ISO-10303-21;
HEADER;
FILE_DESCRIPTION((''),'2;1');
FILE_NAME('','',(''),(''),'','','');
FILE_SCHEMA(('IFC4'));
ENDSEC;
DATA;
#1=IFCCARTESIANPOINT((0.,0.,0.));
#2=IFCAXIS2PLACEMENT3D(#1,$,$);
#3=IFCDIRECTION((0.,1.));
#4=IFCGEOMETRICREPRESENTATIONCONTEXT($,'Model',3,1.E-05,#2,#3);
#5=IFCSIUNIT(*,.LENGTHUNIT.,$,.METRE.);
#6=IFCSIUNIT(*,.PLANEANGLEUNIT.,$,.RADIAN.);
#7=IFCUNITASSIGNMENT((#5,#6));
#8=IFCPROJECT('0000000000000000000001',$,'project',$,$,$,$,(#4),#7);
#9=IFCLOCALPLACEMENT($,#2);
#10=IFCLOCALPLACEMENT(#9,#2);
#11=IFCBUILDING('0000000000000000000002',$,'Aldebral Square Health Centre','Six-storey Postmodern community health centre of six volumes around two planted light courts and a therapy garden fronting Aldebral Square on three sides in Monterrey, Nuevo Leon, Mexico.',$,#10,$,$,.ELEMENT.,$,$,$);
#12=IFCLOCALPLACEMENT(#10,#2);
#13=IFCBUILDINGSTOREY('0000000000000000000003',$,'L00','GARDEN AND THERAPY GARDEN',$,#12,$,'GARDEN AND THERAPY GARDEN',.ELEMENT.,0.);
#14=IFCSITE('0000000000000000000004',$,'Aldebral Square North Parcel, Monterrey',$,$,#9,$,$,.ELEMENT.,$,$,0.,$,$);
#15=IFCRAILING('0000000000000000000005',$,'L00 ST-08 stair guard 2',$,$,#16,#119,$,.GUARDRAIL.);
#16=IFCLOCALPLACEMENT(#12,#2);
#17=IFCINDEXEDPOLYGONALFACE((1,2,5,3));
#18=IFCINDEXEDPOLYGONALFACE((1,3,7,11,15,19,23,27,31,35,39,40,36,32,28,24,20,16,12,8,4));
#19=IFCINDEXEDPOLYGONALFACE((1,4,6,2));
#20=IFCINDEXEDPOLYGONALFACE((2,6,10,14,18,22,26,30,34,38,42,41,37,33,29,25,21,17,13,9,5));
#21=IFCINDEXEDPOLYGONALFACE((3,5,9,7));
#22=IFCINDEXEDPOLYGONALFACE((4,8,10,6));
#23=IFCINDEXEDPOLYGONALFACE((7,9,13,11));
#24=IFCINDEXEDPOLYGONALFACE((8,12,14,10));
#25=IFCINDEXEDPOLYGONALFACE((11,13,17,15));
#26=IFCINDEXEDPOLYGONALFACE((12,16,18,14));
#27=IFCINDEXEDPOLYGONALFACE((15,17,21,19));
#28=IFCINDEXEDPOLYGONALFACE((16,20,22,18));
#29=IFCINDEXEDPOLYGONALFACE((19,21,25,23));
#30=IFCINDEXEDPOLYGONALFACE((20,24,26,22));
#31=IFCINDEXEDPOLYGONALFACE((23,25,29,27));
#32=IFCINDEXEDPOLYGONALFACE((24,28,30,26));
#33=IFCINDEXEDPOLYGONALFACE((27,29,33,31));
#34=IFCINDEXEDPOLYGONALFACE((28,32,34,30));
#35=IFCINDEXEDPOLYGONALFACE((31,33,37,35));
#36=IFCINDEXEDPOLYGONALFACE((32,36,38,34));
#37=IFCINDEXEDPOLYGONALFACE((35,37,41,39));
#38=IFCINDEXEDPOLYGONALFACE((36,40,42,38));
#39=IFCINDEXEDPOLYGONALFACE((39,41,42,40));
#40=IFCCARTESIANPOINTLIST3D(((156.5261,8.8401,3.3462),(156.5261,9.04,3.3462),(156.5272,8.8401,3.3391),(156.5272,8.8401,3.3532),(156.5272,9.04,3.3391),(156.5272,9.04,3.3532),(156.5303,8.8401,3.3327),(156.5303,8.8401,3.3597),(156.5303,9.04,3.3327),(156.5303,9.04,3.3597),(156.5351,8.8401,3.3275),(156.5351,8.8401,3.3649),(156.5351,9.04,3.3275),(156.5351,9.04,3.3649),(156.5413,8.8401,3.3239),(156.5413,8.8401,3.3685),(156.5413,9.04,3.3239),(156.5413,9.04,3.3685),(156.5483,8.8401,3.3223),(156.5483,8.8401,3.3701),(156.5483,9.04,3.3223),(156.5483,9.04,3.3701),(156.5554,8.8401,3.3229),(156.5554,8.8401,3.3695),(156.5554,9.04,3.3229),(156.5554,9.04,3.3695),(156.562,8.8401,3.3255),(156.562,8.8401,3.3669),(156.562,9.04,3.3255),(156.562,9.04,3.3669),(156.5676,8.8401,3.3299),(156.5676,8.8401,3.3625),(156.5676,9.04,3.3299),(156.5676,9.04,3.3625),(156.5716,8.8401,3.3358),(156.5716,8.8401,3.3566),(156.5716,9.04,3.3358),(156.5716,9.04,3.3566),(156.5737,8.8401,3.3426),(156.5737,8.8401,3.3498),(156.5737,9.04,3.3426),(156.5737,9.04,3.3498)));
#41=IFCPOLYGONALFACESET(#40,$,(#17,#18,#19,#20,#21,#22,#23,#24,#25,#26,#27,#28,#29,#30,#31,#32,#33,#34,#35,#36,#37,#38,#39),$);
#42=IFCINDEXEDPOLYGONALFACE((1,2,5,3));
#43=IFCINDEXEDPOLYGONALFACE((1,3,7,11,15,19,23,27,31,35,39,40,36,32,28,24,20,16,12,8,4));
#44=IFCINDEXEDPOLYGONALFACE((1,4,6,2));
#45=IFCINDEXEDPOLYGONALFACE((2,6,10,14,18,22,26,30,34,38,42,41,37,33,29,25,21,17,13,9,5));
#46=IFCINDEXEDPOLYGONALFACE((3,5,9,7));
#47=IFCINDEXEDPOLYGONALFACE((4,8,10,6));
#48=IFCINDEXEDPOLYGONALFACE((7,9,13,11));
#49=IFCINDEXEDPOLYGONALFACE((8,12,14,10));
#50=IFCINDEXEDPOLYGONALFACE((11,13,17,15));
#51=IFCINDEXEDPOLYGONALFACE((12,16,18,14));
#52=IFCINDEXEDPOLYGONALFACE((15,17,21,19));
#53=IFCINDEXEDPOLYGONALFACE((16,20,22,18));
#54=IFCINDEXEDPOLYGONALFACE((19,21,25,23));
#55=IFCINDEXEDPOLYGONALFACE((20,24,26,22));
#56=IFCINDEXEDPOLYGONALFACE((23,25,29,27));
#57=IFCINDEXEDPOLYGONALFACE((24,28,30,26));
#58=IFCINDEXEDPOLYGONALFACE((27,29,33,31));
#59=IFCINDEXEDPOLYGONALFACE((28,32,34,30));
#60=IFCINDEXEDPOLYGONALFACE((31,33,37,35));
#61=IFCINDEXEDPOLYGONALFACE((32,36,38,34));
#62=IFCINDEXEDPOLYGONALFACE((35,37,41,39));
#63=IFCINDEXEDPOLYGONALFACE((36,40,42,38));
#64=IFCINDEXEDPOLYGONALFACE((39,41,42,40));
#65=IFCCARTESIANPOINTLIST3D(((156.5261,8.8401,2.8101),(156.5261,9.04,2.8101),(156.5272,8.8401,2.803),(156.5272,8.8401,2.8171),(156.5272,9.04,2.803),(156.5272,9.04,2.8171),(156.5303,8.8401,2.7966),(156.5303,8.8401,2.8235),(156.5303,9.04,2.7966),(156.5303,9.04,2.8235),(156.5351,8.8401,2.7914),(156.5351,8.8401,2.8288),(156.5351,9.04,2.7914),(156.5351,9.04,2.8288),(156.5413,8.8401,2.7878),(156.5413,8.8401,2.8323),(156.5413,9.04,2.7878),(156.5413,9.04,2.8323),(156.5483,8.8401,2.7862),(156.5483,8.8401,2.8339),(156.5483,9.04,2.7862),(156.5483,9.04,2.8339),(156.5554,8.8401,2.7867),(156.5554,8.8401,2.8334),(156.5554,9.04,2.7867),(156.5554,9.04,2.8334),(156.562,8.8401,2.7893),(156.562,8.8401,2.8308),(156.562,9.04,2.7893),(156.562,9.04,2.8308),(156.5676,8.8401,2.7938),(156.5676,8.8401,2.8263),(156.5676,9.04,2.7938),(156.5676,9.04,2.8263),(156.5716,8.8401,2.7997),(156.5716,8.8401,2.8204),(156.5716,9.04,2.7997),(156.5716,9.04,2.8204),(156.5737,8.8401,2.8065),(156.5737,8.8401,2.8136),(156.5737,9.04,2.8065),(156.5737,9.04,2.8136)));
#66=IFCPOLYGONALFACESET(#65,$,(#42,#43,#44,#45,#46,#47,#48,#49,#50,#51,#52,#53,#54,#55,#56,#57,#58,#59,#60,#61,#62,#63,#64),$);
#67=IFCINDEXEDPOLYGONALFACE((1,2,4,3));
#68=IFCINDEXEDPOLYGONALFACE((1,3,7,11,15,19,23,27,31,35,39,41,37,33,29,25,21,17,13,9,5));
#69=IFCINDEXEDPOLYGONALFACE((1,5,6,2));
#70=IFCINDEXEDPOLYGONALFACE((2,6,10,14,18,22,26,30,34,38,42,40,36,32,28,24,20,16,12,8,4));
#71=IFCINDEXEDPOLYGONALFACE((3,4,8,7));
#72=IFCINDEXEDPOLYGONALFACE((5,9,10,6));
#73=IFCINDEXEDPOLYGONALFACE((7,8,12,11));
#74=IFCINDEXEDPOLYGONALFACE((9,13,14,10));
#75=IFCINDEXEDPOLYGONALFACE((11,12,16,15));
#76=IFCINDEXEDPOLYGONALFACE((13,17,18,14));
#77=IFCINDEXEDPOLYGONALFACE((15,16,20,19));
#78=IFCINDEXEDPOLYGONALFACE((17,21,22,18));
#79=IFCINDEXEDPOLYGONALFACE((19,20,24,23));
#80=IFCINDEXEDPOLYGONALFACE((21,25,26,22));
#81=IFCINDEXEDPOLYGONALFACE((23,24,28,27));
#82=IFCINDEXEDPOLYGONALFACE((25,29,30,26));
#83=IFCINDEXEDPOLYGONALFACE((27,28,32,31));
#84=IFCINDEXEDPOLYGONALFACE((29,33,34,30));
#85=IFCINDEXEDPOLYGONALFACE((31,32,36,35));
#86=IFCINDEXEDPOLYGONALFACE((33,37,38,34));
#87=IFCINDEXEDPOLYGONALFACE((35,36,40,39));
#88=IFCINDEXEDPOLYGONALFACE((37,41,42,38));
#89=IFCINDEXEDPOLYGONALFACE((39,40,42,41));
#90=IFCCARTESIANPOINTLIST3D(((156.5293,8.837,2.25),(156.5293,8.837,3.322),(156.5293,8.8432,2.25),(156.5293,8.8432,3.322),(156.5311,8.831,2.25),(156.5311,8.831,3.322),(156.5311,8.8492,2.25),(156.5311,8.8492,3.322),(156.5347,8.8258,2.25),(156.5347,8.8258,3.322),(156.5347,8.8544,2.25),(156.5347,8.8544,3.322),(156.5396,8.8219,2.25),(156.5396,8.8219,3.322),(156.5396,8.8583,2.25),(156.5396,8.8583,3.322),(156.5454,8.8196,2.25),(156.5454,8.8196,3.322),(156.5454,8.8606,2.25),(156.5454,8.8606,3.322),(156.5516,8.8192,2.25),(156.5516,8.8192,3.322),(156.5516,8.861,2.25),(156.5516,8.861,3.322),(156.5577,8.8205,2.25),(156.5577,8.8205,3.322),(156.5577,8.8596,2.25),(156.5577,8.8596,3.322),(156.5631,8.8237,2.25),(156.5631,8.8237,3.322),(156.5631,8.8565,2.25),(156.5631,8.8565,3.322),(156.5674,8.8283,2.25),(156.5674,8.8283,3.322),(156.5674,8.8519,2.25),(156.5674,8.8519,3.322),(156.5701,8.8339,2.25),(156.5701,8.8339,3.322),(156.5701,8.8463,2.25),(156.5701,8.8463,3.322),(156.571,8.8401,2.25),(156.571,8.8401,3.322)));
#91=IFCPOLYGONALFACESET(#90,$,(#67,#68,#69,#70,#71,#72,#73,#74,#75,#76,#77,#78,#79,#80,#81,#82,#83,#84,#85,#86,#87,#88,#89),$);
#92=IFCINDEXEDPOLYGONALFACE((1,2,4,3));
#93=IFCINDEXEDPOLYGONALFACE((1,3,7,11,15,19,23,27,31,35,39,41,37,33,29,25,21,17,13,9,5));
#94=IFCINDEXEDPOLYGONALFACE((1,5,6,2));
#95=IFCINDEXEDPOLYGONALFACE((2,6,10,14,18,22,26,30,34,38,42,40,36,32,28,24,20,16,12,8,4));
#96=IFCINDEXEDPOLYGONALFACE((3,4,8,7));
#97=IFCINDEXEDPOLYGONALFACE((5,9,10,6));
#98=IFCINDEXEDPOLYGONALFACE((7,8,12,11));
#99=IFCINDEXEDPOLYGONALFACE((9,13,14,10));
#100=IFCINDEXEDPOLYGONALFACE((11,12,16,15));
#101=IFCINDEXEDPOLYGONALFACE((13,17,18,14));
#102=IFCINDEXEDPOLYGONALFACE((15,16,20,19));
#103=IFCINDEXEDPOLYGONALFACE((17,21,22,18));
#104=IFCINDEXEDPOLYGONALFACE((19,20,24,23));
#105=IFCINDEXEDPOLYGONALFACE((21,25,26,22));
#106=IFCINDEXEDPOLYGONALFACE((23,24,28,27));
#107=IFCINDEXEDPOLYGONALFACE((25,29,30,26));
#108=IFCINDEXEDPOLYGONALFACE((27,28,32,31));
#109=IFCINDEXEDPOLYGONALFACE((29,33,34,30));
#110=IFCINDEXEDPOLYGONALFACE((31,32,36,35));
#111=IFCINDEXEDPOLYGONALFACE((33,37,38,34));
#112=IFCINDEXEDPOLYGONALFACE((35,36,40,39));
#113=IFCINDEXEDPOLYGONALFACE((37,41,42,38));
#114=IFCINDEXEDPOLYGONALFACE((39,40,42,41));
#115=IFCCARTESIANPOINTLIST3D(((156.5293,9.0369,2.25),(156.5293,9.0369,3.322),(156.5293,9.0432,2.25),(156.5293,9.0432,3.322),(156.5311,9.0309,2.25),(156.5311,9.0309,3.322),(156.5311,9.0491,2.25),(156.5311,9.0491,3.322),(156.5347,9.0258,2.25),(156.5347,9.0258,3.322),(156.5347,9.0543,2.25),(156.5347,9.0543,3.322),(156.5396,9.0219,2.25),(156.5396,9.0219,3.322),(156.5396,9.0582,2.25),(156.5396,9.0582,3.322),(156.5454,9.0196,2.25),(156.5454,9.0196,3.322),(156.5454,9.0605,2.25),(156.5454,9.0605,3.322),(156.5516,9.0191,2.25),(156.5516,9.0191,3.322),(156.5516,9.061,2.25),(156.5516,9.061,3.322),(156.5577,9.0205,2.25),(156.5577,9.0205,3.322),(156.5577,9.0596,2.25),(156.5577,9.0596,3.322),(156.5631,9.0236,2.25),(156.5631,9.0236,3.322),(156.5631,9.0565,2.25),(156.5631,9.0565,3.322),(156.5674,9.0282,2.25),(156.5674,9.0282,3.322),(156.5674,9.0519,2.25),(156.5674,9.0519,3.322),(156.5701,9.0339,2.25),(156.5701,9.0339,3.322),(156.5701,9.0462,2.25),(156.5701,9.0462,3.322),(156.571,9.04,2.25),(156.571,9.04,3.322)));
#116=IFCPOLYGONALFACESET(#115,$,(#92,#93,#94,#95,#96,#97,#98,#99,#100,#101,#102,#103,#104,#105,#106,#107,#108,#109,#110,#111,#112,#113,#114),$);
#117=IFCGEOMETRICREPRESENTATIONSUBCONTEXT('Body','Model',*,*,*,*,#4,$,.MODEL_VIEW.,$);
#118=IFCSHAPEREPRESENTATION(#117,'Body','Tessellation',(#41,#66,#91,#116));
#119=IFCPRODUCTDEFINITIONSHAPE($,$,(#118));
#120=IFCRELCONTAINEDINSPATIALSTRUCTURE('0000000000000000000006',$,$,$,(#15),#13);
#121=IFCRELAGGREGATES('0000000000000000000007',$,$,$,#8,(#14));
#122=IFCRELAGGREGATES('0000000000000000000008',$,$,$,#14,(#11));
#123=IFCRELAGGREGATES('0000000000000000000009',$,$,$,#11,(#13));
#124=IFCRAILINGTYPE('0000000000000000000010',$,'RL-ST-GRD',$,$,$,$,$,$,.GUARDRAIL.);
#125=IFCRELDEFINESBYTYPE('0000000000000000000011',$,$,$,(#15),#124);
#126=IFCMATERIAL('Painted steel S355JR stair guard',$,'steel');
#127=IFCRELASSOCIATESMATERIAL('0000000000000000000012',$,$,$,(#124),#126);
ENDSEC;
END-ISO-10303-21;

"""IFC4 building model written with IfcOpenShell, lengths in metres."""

from ifc_helpers import new_model, si_unit, direction, frame, origin, origin_2d, place, context, subcontext, project, spatial, circle, extrude, material, type_object, element, save


model = new_model("IFC4")

# Units and contexts
model_context = context("Model", 3, precision=1e-05, world=origin(), true_north=direction((0.0, 1.0)))
body_context = subcontext(model_context, "Body", "Model", "MODEL_VIEW")
ifc_project = project(units=[si_unit("LENGTHUNIT", "METRE"), si_unit("PLANEANGLEUNIT", "RADIAN")], contexts=[model_context])

# Site, building, storey
site_placement = place(None, origin())
site = spatial("IfcSite", under=ifc_project, at=site_placement, Name="Aldebral Square North Parcel, Monterrey", CompositionType="ELEMENT", RefElevation=0.0)
building_placement = place(site_placement, origin())
building = spatial("IfcBuilding", under=site, at=building_placement, Name="Aldebral Square Health Centre", Description="Six-storey Postmodern community health centre of six volumes around two planted light courts and a therapy garden fronting Aldebral Square on three sides in Monterrey, Nuevo Leon, Mexico.", CompositionType="ELEMENT")
storey_placement = place(building_placement, origin())
storey = spatial("IfcBuildingStorey", under=building, at=storey_placement, Name="L00", Description="GARDEN AND THERAPY GARDEN", LongName="GARDEN AND THERAPY GARDEN", CompositionType="ELEMENT", Elevation=0.0)

# Railing
ifc_material_1 = material(Name="Painted steel S355JR stair guard", Category="steel")
railing_type_1 = type_object("IfcRailingType", Name="RL-ST-GRD", PredefinedType="GUARDRAIL", material=ifc_material_1)
railing_1_placement = place(storey_placement, frame((156.55, 8.8401, 2.25)))
element("IfcRailing", 1, at=railing_1_placement, inside=storey, type_object=railing_type_1, Name="L00 ST-08 stair guard 2", PredefinedType="GUARDRAIL", context=body_context, shape_type="SweptSolid", body=[
    extrude(circle(Radius=0.0239, at=origin_2d()), frame((0.0, 0.0, 1.0962), z_axis=(0.0, 1.0, 0.0), x_axis=(-1.0, 0.0, 0.0)), (0.0, 0.0, 1.0), 0.2),
    extrude(circle(Radius=0.0239, at=origin_2d()), frame((0.0, 0.0, 0.5601), z_axis=(0.0, 1.0, 0.0), x_axis=(-1.0, 0.0, 0.0)), (0.0, 0.0, 1.0), 0.2),
    extrude(circle(Radius=0.021, at=origin_2d()), origin(), (0.0, 0.0, 1.0), 1.072),
    extrude(circle(Radius=0.021, at=origin_2d()), frame((0.0, 0.2, 0.0)), (0.0, 0.0, 1.0), 1.072),
])

save(model, "model.ifc")
